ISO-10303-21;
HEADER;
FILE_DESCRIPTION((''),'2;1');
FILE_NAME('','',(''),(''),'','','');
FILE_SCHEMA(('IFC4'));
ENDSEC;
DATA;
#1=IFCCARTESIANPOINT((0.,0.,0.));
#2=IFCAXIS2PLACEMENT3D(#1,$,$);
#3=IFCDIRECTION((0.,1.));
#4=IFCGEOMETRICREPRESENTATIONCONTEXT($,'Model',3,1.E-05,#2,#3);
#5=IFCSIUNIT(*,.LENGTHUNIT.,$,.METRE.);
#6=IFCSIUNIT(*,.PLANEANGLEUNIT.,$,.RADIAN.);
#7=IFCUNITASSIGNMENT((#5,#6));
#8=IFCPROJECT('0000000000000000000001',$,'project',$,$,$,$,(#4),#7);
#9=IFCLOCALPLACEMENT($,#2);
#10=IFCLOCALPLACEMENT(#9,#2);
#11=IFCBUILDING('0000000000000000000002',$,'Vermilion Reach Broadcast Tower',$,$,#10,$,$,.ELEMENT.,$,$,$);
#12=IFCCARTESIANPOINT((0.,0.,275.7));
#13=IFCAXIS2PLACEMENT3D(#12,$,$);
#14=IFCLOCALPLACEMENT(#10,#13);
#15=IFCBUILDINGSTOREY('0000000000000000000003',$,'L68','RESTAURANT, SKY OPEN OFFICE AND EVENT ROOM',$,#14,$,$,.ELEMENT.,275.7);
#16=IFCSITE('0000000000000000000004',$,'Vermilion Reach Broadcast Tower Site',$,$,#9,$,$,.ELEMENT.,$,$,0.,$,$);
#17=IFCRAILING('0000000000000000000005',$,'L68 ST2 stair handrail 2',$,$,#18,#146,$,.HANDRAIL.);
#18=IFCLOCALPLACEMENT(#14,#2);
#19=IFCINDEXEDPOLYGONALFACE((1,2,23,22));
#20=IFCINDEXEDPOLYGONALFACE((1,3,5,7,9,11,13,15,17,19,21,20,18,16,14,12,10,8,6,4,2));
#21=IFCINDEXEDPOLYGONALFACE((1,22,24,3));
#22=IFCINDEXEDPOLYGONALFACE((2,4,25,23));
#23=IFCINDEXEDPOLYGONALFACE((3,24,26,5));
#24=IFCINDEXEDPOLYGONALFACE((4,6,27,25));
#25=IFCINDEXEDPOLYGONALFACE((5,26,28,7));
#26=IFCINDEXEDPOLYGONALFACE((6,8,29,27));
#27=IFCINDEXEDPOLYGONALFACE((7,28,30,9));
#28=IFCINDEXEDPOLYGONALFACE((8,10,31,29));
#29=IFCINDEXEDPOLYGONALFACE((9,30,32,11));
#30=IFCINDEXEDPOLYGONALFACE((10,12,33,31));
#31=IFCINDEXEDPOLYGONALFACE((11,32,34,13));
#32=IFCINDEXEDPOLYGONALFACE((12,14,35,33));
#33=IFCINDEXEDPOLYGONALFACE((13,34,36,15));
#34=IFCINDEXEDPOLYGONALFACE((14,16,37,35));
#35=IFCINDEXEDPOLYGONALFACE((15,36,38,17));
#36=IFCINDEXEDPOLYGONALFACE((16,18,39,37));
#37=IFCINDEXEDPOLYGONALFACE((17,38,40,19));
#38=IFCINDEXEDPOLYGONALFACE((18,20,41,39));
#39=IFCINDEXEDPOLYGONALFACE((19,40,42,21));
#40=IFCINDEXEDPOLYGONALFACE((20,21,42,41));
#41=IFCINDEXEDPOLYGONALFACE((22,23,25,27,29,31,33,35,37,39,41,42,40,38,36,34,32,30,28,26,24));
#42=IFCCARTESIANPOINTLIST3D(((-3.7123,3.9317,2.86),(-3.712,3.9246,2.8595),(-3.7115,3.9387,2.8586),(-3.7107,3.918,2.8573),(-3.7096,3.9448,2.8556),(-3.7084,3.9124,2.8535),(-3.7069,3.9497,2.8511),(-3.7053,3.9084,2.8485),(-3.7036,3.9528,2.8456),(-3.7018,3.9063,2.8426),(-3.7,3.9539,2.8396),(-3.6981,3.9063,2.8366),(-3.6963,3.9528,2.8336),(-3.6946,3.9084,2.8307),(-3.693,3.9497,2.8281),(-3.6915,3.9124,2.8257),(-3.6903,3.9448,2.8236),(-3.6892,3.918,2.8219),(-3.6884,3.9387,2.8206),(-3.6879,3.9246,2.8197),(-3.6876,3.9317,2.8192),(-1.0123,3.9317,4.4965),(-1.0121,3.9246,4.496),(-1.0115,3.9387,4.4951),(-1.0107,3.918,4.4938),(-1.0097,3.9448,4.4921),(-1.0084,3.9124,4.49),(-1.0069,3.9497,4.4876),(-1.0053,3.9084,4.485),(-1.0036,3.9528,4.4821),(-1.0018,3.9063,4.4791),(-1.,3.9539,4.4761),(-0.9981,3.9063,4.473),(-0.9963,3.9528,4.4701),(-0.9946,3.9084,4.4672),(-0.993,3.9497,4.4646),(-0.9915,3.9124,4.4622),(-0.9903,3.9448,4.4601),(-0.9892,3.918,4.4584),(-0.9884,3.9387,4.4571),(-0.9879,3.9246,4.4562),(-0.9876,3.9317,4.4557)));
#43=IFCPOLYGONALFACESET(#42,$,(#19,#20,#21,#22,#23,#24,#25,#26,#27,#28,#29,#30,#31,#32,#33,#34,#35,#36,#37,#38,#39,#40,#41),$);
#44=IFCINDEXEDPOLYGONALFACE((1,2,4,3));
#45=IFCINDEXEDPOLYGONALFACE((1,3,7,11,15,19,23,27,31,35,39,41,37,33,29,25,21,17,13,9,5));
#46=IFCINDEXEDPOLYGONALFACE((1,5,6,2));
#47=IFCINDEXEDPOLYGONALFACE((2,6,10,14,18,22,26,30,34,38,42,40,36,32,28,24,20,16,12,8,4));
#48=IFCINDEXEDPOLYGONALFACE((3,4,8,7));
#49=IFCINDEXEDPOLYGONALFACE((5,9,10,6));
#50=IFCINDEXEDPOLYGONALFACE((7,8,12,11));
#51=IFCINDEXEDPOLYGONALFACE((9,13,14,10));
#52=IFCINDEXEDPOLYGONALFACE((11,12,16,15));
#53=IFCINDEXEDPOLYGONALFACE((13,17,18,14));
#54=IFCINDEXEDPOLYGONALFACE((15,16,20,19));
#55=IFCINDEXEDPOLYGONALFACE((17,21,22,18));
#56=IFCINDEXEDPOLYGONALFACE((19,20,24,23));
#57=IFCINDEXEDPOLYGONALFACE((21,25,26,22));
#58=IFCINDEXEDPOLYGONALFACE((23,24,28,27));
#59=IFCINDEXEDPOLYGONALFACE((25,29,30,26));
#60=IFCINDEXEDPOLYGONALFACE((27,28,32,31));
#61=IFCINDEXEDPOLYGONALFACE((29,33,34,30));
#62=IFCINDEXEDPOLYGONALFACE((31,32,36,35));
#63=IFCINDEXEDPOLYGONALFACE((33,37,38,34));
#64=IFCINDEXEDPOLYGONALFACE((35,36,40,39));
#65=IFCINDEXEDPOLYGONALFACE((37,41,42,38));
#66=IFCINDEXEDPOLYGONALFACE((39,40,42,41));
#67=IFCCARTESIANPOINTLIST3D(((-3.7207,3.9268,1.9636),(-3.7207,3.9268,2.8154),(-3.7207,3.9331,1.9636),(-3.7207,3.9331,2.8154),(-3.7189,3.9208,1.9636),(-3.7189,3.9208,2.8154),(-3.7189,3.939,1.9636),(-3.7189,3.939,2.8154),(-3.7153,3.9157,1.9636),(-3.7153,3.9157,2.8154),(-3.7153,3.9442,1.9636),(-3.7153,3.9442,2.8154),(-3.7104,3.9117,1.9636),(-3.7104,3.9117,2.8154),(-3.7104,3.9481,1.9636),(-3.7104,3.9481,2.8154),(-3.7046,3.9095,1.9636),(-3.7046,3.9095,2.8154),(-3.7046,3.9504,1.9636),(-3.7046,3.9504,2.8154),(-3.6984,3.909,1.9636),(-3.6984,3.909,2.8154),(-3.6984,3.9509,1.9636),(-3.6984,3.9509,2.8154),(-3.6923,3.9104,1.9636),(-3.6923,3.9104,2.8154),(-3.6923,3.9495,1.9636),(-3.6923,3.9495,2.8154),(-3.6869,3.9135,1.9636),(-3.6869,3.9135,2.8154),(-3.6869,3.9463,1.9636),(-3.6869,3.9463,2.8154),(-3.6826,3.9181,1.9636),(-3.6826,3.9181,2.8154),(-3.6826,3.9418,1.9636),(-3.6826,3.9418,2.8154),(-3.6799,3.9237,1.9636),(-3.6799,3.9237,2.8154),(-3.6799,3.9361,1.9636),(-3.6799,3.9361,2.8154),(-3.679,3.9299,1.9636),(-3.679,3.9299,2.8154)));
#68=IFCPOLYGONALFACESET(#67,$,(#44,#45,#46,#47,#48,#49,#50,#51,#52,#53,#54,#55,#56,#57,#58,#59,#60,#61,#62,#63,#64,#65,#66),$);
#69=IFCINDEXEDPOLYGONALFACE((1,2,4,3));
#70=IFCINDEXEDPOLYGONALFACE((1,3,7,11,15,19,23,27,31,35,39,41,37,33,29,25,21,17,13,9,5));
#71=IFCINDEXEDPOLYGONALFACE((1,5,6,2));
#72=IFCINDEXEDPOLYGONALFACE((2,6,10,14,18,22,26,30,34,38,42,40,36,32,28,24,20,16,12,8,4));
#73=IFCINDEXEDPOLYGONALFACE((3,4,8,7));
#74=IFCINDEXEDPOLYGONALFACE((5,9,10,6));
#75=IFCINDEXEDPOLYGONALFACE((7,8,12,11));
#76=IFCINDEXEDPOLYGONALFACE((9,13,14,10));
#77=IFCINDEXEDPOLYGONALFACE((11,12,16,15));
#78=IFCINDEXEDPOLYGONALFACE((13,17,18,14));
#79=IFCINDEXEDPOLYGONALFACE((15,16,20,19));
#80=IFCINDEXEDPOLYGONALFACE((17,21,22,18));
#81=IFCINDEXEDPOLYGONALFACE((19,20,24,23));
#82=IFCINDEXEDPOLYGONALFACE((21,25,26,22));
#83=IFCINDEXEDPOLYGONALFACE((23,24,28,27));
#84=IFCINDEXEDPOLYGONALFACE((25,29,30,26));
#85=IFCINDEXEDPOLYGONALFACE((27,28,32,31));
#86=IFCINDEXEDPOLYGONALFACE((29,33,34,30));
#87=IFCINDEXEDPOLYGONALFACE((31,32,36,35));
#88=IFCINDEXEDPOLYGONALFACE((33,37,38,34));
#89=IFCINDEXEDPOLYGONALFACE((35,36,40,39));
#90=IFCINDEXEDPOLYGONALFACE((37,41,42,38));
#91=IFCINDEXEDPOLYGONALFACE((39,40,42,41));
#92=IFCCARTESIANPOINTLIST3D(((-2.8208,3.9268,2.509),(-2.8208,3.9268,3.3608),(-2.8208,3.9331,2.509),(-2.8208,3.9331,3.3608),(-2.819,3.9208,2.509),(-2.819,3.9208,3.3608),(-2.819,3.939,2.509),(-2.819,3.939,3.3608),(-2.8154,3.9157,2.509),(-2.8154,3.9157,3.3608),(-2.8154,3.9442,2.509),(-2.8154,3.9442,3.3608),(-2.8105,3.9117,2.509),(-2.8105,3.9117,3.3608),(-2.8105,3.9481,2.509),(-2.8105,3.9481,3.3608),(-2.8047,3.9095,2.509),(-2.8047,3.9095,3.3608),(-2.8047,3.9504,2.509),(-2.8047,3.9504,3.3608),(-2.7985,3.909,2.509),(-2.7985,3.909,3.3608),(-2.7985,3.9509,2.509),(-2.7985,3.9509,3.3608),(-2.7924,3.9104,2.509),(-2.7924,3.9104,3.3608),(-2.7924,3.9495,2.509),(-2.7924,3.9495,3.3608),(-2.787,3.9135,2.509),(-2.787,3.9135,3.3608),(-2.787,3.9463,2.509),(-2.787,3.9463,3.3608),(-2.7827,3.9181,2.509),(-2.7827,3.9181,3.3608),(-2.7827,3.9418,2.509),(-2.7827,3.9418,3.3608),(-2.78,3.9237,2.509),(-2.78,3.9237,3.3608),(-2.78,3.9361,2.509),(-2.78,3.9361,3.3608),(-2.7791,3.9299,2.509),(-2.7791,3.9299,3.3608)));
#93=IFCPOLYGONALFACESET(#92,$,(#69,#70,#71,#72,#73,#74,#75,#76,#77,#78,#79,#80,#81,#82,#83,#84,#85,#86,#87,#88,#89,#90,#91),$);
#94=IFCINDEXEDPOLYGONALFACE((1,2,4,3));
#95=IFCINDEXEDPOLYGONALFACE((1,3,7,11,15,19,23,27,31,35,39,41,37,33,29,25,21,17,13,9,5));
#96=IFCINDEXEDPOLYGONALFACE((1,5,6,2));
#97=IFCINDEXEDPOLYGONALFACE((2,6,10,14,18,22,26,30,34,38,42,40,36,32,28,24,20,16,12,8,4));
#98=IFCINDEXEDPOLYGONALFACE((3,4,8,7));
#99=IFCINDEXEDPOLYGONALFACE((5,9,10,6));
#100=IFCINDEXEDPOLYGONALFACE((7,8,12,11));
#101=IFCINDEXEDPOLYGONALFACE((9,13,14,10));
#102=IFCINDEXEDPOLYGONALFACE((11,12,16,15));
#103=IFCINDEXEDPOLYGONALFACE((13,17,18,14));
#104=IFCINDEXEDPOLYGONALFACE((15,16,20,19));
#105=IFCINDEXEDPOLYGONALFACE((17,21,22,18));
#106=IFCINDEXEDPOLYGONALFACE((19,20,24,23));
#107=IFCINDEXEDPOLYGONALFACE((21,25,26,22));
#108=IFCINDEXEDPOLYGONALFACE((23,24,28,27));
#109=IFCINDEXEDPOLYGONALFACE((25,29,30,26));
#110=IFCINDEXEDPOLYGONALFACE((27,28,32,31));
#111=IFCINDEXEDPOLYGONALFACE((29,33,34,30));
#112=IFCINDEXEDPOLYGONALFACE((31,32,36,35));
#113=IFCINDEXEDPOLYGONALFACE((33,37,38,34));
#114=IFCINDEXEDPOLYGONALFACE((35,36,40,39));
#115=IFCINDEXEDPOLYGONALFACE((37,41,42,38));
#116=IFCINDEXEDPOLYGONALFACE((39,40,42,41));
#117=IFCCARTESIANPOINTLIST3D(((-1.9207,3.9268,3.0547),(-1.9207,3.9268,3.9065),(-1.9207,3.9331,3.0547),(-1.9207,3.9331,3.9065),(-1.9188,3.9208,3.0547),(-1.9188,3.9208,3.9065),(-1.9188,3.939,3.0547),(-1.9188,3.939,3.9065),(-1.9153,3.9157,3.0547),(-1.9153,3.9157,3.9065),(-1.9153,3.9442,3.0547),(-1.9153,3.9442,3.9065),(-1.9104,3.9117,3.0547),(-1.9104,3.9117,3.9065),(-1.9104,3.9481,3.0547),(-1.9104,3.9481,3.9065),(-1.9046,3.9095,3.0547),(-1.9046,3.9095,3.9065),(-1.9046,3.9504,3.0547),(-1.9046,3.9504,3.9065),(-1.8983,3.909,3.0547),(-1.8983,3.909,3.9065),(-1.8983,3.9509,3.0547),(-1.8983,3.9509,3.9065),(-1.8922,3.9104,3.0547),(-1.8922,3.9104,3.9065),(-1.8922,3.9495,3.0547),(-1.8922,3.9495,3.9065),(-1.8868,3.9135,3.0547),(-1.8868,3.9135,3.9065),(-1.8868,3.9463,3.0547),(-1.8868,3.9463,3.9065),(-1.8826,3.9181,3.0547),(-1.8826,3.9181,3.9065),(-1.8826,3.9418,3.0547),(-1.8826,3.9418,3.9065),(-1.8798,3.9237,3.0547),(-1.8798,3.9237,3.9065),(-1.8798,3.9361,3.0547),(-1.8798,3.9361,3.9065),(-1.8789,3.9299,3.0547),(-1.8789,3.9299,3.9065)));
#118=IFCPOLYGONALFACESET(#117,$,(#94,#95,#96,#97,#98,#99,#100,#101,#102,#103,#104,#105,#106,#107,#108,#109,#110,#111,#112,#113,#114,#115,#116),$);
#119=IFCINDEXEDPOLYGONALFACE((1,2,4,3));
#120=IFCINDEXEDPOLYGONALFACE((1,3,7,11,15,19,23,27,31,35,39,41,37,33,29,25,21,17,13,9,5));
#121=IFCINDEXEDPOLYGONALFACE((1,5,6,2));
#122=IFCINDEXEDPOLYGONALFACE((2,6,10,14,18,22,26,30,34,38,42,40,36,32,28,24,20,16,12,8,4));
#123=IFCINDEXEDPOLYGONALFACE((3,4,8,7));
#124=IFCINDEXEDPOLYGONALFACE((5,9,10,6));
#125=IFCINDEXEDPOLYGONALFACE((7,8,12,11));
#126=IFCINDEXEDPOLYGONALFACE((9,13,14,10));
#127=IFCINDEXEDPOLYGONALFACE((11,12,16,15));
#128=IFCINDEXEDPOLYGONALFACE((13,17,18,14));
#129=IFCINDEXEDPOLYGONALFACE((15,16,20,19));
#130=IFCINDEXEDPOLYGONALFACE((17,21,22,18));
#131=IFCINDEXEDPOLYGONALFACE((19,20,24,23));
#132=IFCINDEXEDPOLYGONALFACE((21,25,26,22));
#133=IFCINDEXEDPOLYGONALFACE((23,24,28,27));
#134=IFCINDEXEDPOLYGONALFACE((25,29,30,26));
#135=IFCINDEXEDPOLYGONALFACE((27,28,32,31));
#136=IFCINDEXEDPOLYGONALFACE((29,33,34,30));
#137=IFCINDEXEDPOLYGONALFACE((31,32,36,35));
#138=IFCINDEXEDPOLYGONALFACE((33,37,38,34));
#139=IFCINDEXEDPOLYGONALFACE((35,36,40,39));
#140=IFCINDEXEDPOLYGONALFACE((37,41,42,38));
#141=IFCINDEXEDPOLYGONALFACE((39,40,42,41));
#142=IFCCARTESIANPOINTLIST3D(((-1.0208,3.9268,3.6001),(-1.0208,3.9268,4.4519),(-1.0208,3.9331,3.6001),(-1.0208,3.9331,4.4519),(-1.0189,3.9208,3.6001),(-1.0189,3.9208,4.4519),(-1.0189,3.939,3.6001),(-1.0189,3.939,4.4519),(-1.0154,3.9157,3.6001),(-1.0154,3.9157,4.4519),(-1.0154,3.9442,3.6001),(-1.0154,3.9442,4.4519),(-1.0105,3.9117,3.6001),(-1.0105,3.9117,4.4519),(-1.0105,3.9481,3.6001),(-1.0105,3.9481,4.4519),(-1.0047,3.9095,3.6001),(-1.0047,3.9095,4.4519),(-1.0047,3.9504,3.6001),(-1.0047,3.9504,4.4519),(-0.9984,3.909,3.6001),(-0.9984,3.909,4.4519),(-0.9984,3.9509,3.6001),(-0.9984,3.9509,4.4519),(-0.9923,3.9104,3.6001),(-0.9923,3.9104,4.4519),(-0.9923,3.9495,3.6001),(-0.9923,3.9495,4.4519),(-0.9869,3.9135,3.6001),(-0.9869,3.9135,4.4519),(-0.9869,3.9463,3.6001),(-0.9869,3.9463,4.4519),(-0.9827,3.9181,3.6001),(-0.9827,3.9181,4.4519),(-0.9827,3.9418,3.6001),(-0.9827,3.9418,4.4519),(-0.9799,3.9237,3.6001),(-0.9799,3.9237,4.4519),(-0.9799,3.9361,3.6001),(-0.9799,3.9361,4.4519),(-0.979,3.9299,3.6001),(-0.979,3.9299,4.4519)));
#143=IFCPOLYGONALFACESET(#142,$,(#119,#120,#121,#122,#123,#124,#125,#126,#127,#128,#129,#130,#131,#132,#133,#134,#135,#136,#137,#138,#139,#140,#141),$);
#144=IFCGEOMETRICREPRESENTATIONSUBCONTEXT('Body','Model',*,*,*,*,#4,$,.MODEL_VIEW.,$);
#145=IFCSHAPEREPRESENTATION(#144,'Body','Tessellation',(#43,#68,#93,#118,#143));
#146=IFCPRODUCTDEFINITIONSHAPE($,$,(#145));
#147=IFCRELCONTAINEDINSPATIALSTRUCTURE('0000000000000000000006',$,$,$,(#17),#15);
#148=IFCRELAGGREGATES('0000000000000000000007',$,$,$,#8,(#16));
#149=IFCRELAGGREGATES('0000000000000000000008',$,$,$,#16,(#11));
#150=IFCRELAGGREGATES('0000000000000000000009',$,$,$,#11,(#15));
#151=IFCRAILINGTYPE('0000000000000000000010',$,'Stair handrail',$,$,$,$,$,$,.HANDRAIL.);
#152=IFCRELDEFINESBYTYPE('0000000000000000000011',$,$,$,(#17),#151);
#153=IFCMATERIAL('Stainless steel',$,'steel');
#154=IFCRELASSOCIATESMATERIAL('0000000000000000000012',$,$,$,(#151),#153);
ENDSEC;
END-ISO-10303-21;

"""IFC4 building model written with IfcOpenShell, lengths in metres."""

from ifc_helpers import new_model, si_unit, direction, frame, origin, origin_2d, place, context, subcontext, project, spatial, circle, extrude, material, type_object, element, save


model = new_model("IFC4")

# Units and contexts
model_context = context("Model", 3, precision=1e-05, world=origin(), true_north=direction((0.0, 1.0)))
body_context = subcontext(model_context, "Body", "Model", "MODEL_VIEW")
ifc_project = project(units=[si_unit("LENGTHUNIT", "METRE"), si_unit("PLANEANGLEUNIT", "RADIAN")], contexts=[model_context])

# Site, building, storey
site_placement = place(None, origin())
site = spatial("IfcSite", under=ifc_project, at=site_placement, Name="Vermilion Reach Broadcast Tower Site", CompositionType="ELEMENT", RefElevation=0.0)
building_placement = place(site_placement, origin())
building = spatial("IfcBuilding", under=site, at=building_placement, Name="Vermilion Reach Broadcast Tower", CompositionType="ELEMENT")
storey_placement = place(building_placement, frame((0.0, 0.0, 275.7)))
storey = spatial("IfcBuildingStorey", under=building, at=storey_placement, Name="L68", Description="RESTAURANT, SKY OPEN OFFICE AND EVENT ROOM", CompositionType="ELEMENT", Elevation=275.7)

# Railing
ifc_material_1 = material(Name="Stainless steel", Category="steel")
railing_type_1 = type_object("IfcRailingType", Name="Stair handrail", PredefinedType="HANDRAIL", material=ifc_material_1)
railing_1_placement = place(storey_placement, frame((-3.7, 3.9299, 1.9636)))
element("IfcRailing", 1, at=railing_1_placement, inside=storey, type_object=railing_type_1, Name="L68 ST2 stair handrail 2", PredefinedType="HANDRAIL", context=body_context, shape_type="SweptSolid", body=[
    extrude(circle(Radius=0.0239, at=origin_2d()), frame((0.0, 0.0, 0.876), z_axis=(0.855178, 0.0, 0.518334), x_axis=(0.0, 1.0, 0.0)), (0.0, 0.0, 1.0), 3.1572),
    extrude(circle(Radius=0.021, at=origin_2d()), origin(), (0.0, 0.0, 1.0), 0.8518),
    extrude(circle(Radius=0.021, at=origin_2d()), frame((0.8999, 0.0, 0.5454)), (0.0, 0.0, 1.0), 0.8518),
    extrude(circle(Radius=0.021, at=origin_2d()), frame((1.8, 0.0, 1.0911)), (0.0, 0.0, 1.0), 0.8518),
    extrude(circle(Radius=0.021, at=origin_2d()), frame((2.7, 0.0, 1.6365)), (0.0, 0.0, 1.0), 0.8518),
])

save(model, "model.ifc")
